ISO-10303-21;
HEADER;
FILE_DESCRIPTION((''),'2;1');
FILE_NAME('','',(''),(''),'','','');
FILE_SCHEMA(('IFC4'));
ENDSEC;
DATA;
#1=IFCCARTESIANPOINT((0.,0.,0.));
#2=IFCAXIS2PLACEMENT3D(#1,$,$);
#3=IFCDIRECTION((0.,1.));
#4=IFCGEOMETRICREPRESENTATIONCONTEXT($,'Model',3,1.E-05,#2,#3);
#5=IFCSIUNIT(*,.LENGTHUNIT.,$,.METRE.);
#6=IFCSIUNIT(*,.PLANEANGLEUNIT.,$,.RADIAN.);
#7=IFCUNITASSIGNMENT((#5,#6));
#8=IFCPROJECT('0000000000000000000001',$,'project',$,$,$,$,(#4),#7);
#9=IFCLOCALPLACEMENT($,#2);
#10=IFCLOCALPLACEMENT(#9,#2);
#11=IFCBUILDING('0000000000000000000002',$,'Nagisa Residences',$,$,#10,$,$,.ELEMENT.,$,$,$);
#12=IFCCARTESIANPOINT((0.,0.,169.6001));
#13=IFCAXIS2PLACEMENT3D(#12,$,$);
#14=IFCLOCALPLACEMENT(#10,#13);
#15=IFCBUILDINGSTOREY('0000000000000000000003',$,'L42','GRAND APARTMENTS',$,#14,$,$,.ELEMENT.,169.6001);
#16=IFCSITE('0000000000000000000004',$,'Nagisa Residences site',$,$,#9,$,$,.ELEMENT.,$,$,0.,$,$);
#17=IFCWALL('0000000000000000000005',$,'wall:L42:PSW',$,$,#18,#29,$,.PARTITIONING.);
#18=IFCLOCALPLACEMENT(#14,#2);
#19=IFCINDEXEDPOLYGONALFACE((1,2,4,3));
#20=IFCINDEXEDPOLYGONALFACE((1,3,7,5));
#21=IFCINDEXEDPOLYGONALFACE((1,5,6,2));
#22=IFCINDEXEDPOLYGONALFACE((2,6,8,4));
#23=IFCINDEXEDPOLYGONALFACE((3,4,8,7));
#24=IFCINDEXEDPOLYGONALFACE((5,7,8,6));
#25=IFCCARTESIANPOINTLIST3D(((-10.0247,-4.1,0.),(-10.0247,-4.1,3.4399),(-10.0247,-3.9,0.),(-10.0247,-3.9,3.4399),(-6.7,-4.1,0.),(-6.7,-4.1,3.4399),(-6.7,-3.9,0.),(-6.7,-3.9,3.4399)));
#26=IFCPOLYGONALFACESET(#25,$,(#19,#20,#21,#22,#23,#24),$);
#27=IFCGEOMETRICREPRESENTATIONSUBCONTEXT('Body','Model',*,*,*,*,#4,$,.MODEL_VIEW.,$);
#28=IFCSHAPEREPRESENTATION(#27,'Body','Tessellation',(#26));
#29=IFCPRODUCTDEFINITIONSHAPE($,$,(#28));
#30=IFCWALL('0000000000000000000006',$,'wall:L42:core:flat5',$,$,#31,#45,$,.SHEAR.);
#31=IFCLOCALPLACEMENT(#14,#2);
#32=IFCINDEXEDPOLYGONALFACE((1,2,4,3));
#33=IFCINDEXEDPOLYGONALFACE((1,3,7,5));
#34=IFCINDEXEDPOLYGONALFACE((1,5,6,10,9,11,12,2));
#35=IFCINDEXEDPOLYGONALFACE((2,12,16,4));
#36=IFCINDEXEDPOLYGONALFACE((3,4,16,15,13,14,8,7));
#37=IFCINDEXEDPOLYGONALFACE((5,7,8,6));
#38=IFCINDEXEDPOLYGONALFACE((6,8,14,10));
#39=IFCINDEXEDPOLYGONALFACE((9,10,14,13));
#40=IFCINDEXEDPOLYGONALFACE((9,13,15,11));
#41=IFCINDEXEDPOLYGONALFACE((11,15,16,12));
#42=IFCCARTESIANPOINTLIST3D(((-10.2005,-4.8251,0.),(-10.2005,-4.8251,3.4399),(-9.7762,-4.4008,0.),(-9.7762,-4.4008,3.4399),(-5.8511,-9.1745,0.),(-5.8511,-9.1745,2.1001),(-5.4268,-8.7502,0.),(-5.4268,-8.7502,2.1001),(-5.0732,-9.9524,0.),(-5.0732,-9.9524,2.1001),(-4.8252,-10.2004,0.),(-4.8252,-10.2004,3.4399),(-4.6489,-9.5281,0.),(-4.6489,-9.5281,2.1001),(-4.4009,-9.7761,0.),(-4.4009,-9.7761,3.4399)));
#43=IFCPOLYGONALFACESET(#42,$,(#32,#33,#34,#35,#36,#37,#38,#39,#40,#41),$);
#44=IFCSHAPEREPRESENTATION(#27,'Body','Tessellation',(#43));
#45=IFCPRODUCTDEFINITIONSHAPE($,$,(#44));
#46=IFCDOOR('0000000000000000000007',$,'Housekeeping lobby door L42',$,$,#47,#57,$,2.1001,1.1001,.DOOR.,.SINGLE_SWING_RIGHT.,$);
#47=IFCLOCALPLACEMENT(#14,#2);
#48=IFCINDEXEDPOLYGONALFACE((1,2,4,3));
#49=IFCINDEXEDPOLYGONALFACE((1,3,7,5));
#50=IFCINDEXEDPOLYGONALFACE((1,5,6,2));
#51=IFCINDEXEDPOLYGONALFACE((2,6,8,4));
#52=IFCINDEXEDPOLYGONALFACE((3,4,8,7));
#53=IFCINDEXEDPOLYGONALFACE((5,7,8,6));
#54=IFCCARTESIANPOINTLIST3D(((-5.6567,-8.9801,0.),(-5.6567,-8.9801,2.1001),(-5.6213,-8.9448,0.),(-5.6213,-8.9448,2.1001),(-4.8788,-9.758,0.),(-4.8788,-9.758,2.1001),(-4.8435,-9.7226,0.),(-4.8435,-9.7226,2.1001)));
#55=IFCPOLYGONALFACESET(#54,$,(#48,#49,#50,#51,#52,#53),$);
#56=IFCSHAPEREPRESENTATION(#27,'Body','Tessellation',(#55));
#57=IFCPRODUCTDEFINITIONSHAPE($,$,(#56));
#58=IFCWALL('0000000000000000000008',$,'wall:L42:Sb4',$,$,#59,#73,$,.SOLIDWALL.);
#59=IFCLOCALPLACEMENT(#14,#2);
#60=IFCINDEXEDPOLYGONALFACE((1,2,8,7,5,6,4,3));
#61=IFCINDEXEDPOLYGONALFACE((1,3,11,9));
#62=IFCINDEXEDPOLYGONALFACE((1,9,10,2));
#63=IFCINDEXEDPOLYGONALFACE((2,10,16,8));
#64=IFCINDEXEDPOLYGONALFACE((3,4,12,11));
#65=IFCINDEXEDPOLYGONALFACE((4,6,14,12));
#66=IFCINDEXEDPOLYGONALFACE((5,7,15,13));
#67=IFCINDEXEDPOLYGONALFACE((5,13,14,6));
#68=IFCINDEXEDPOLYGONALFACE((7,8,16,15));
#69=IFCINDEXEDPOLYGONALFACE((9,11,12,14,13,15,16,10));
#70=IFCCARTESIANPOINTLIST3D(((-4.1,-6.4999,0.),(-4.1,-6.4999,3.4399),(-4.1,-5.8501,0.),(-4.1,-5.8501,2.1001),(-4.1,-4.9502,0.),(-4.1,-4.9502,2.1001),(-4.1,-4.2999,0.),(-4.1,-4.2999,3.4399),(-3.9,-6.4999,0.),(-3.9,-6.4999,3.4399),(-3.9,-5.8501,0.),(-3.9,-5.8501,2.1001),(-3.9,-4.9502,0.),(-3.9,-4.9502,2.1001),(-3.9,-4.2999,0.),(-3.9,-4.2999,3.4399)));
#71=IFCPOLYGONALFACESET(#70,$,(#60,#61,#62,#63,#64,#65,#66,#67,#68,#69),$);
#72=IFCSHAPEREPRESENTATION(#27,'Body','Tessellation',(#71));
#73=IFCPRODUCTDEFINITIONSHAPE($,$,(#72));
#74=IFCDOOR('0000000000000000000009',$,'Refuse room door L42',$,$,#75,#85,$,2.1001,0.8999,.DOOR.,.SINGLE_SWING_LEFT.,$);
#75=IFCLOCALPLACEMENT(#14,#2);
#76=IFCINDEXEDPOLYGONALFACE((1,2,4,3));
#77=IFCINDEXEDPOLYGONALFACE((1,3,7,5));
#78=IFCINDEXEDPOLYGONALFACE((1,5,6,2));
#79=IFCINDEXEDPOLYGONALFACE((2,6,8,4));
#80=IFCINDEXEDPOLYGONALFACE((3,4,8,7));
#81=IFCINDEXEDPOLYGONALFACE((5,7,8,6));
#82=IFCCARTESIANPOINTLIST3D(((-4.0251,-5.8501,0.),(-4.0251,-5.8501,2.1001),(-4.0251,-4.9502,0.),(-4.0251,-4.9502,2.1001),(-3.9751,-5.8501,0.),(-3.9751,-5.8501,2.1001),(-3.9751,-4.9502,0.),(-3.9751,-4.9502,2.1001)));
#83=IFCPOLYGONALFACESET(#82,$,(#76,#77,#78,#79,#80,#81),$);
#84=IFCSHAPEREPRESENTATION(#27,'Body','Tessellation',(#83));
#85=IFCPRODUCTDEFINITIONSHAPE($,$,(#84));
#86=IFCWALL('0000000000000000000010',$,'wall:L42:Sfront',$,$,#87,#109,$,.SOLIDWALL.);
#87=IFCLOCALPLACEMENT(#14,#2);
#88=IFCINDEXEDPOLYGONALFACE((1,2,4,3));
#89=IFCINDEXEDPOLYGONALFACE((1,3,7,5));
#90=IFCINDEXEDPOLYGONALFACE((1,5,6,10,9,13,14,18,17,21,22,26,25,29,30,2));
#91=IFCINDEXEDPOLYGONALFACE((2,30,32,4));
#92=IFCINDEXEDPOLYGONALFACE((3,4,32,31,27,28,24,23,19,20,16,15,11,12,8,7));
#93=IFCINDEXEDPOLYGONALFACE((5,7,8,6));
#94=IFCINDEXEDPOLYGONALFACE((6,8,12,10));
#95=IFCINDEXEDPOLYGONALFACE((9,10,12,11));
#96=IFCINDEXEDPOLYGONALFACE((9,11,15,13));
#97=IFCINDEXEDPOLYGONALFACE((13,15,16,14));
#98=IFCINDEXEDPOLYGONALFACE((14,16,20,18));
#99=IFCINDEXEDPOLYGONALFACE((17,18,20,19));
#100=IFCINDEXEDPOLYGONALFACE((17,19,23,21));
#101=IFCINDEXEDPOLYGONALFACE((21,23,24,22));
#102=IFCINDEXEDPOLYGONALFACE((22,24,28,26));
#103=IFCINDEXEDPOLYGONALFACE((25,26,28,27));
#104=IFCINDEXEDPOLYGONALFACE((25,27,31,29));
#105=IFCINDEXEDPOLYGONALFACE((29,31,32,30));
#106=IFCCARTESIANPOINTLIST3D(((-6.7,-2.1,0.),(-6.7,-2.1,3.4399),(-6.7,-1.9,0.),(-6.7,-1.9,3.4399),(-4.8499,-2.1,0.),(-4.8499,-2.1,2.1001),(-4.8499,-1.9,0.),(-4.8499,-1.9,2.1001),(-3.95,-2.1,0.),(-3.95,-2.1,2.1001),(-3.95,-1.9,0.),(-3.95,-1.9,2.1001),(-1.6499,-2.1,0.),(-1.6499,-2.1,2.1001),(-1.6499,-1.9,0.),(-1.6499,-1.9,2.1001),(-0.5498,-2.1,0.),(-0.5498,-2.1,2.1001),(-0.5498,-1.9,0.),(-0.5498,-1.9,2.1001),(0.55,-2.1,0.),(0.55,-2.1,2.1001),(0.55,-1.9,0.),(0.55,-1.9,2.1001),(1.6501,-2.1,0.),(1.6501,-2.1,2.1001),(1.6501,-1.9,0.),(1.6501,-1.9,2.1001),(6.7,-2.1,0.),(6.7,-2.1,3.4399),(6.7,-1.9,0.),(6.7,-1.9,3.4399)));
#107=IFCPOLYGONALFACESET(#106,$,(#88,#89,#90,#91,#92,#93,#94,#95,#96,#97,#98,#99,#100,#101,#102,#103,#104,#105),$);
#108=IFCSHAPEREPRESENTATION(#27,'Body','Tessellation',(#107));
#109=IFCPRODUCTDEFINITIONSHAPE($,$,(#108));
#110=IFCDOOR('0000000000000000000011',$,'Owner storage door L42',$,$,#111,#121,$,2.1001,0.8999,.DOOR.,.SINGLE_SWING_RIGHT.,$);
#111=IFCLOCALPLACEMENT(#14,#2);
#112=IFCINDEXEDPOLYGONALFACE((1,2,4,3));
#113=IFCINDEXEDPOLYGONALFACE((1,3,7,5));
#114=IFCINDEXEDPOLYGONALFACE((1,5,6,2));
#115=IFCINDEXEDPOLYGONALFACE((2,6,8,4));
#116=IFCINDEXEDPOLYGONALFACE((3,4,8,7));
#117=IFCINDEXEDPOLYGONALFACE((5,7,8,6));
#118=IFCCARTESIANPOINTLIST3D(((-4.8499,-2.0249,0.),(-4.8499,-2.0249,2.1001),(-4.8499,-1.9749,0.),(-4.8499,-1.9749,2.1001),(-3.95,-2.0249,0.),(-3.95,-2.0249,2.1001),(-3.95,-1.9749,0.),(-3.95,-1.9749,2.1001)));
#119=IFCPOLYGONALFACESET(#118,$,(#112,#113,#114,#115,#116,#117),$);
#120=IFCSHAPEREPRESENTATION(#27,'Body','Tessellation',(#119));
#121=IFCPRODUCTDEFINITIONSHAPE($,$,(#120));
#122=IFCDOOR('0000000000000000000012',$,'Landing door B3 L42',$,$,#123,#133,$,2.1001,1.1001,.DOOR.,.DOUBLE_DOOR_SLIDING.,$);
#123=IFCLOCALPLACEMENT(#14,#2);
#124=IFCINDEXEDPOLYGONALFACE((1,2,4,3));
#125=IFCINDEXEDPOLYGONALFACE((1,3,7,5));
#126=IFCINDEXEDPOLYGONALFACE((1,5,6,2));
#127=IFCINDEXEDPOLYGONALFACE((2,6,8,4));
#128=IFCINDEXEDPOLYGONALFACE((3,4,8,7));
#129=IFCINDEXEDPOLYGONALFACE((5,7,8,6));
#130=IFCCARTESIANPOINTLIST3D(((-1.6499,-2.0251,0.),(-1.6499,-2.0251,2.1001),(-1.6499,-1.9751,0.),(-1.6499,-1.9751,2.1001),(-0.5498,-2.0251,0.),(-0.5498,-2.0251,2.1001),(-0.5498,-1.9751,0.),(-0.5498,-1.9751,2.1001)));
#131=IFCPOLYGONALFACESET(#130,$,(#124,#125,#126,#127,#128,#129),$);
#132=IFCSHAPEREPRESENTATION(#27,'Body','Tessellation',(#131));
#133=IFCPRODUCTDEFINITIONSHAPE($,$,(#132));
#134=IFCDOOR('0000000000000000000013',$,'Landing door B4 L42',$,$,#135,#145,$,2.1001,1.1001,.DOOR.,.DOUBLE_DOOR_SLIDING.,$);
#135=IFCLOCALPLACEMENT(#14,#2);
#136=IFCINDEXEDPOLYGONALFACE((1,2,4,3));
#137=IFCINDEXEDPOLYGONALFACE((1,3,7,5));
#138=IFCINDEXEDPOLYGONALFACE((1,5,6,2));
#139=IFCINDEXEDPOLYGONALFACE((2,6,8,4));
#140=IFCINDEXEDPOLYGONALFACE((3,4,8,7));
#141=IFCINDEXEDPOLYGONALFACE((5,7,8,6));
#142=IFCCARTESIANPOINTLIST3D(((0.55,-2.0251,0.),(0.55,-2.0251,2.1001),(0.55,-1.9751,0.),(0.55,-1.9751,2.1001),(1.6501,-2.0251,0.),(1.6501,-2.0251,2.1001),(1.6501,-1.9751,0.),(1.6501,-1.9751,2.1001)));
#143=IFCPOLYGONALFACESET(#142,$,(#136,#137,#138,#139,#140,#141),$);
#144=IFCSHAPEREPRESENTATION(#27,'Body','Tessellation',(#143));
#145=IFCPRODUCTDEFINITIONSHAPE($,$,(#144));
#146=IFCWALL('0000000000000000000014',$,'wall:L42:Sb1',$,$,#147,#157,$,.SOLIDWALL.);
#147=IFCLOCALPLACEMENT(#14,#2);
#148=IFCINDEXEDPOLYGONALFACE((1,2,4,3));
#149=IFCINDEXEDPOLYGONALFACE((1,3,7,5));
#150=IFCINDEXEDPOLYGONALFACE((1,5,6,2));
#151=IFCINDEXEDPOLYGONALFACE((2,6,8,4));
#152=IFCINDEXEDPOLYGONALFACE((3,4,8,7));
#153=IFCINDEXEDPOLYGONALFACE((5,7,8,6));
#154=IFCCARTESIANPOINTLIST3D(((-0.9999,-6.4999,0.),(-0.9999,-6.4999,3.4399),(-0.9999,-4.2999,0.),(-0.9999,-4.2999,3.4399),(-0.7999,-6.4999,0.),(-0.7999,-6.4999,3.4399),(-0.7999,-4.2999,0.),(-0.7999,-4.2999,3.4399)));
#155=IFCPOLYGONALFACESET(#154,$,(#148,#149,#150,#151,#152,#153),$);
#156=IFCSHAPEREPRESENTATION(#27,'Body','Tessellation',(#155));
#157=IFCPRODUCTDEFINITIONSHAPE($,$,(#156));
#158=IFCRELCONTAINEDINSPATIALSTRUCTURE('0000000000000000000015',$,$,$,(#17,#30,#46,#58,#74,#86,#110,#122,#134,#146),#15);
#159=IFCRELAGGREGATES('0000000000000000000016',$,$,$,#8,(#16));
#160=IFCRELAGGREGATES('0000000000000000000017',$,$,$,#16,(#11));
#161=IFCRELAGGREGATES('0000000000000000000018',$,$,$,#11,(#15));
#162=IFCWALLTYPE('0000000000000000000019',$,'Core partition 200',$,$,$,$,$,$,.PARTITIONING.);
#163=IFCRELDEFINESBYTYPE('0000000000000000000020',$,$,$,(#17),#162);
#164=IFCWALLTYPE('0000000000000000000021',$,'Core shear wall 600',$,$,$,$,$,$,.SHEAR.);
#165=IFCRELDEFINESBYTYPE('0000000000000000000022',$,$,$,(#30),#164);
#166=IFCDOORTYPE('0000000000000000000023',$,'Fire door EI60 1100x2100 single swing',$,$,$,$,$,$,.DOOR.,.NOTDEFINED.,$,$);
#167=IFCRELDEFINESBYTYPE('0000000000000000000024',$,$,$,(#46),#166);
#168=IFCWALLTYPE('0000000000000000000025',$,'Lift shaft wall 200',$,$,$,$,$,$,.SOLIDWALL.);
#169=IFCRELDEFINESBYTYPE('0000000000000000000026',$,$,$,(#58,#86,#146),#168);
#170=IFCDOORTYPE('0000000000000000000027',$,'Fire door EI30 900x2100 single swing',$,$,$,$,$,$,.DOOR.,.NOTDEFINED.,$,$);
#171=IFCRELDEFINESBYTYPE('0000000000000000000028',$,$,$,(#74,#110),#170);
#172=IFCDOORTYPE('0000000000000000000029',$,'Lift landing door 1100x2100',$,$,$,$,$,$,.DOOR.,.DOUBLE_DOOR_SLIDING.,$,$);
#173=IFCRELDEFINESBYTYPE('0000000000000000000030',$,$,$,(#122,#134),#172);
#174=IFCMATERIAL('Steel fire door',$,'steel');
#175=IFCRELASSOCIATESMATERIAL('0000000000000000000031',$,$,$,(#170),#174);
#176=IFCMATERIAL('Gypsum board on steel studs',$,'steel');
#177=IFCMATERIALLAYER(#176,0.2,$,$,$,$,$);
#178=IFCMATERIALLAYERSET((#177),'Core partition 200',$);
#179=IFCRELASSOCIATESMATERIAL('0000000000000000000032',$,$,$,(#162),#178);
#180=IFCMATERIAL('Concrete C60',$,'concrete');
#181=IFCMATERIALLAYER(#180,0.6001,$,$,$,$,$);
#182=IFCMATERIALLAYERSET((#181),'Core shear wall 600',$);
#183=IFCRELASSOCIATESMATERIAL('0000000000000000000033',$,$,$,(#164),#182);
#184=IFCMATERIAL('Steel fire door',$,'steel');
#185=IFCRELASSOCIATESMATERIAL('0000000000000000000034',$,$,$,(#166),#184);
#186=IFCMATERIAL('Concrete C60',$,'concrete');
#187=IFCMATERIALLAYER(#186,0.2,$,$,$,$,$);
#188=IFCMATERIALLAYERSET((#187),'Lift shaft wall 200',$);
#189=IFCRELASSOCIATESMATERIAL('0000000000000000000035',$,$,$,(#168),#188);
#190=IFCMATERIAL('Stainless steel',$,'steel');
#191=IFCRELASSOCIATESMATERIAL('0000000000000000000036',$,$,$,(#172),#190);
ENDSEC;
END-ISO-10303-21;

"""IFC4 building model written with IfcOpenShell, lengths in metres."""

from ifc_helpers import new_model, si_unit, direction, frame, frame_2d, origin, place, context, subcontext, project, spatial, rectangle, extrude, material, layer, layer_set, type_object, element, fill, save


model = new_model("IFC4")

# Units and contexts
model_context = context("Model", 3, precision=1e-05, world=origin(), true_north=direction((0.0, 1.0)))
body_context = subcontext(model_context, "Body", "Model", "MODEL_VIEW")
ifc_project = project(units=[si_unit("LENGTHUNIT", "METRE"), si_unit("PLANEANGLEUNIT", "RADIAN")], contexts=[model_context])

# Site, building, storey
site_placement = place(None, origin())
site = spatial("IfcSite", under=ifc_project, at=site_placement, Name="Nagisa Residences site", CompositionType="ELEMENT", RefElevation=0.0)
building_placement = place(site_placement, origin())
building = spatial("IfcBuilding", under=site, at=building_placement, Name="Nagisa Residences", CompositionType="ELEMENT")
storey_placement = place(building_placement, frame((0.0, 0.0, 169.6001)))
storey = spatial("IfcBuildingStorey", under=building, at=storey_placement, Name="L42", Description="GRAND APARTMENTS", CompositionType="ELEMENT", Elevation=169.6001)

# Shared definitions
ifc_material_1 = material(Name="Steel fire door", Category="steel")
door_type_1 = type_object("IfcDoorType", Name="Fire door EI30 900x2100 single swing", OperationType="NOTDEFINED", PredefinedType="DOOR", material=ifc_material_1)

# Wall
ifc_material_2 = material(Name="Gypsum board on steel studs", Category="steel")
ifc_layer_1 = layer(ifc_material_2, 0.2)
ifc_layer_set_1 = layer_set([ifc_layer_1], Name="Core partition 200")
wall_type_1 = type_object("IfcWallType", Name="Core partition 200", PredefinedType="PARTITIONING", material=ifc_layer_set_1)
wall_1_placement = place(storey_placement, frame((-10.0247, -4.0, 0.0), z_axis=(0.0, 0.0, 1.0), x_axis=(1.0, 0.0, 0.0)))
element("IfcWall", 1, at=wall_1_placement, inside=storey, type_object=wall_type_1, Name="wall:L42:PSW", PredefinedType="PARTITIONING", context=body_context, shape_type="SweptSolid", body=[
    extrude(rectangle(XDim=3.3247, YDim=0.2, at=frame_2d((1.6624, 0.0))), origin(), (0.0, 0.0, 1.0), 3.4399),
])

# Walls, openings, doors
ifc_material_3 = material(Name="Concrete C60", Category="concrete")
ifc_layer_2 = layer(ifc_material_3, 0.6001)
ifc_layer_set_2 = layer_set([ifc_layer_2], Name="Core shear wall 600")
wall_type_2 = type_object("IfcWallType", Name="Core shear wall 600", PredefinedType="SHEAR", material=ifc_layer_set_2)
wall_2_placement = place(storey_placement, frame((-9.9883, -4.613, 0.0), z_axis=(0.0, 0.0, 1.0), x_axis=(0.707107, -0.707107, 0.0)))
wall_2 = element("IfcWall", 2, at=wall_2_placement, inside=storey, type_object=wall_type_2, Name="wall:L42:core:flat5", PredefinedType="SHEAR", context=body_context, shape_type="SweptSolid", body=[
    extrude(rectangle(XDim=7.6018, YDim=0.6001, at=frame_2d((3.8008, 0.0))), origin(), (0.0, 0.0, 1.0), 3.4399),
])
opening_1_placement = place(wall_2_placement, frame((6.1509, 0.0, 0.0)))
opening_1 = element("IfcOpeningElement", 3, at=opening_1_placement, cuts=wall_2, PredefinedType="OPENING", context=body_context, shape_type="SweptSolid", body=[
    extrude(rectangle(XDim=1.1001, YDim=2.1001, at=frame_2d((0.55, 1.05))), frame((0.0, 0.3101, 0.0), z_axis=(0.0, -1.0, 0.0), x_axis=(1.0, 0.0, 0.0)), (0.0, 0.0, 1.0), 0.6201),
])
ifc_material_4 = material(Name="Steel fire door", Category="steel")
door_type_2 = type_object("IfcDoorType", Name="Fire door EI60 1100x2100 single swing", OperationType="NOTDEFINED", PredefinedType="DOOR", material=ifc_material_4)
door_1_placement = place(opening_1_placement, origin())
door_1 = element("IfcDoor", 4, at=door_1_placement, inside=storey, type_object=door_type_2, Name="Housekeeping lobby door L42", OperationType="SINGLE_SWING_RIGHT", OverallHeight=2.1001, OverallWidth=1.1001, PredefinedType="DOOR", context=body_context, shape_type="SweptSolid", body=[
    extrude(rectangle(XDim=1.1001, YDim=2.1001, at=frame_2d((0.55, 1.05))), frame((0.0, 0.0249, 0.0), z_axis=(0.0, -1.0, 0.0), x_axis=(1.0, 0.0, 0.0)), (0.0, 0.0, 1.0), 0.05),
])
fill(opening_1, door_1)
ifc_material_5 = material(Name="Concrete C60", Category="concrete")
ifc_layer_3 = layer(ifc_material_5, 0.2)
ifc_layer_set_3 = layer_set([ifc_layer_3], Name="Lift shaft wall 200")
wall_type_3 = type_object("IfcWallType", Name="Lift shaft wall 200", PredefinedType="SOLIDWALL", material=ifc_layer_set_3)
wall_3_placement = place(storey_placement, frame((-4.0, -6.5, 0.0), z_axis=(0.0, 0.0, 1.0), x_axis=(0.0, 1.0, 0.0)))
wall_3 = element("IfcWall", 5, at=wall_3_placement, inside=storey, type_object=wall_type_3, Name="wall:L42:Sb4", PredefinedType="SOLIDWALL", context=body_context, shape_type="SweptSolid", body=[
    extrude(rectangle(XDim=2.2, YDim=0.2, at=frame_2d((1.1001, 0.0))), origin(), (0.0, 0.0, 1.0), 3.4399),
])
opening_2_placement = place(wall_3_placement, frame((0.6499, 0.0, 0.0)))
opening_2 = element("IfcOpeningElement", 6, at=opening_2_placement, cuts=wall_3, PredefinedType="OPENING", context=body_context, shape_type="SweptSolid", body=[
    extrude(rectangle(XDim=0.8999, YDim=2.1001, at=frame_2d((0.45, 1.05))), frame((0.0, 0.1099, 0.0), z_axis=(0.0, -1.0, 0.0), x_axis=(1.0, 0.0, 0.0)), (0.0, 0.0, 1.0), 0.22),
])
door_2_placement = place(opening_2_placement, frame((0.8999, 0.0, 0.0), x_axis=(-1.0, 0.0, 0.0)))
door_2 = element("IfcDoor", 7, at=door_2_placement, inside=storey, type_object=door_type_1, Name="Refuse room door L42", OperationType="SINGLE_SWING_LEFT", OverallHeight=2.1001, OverallWidth=0.8999, PredefinedType="DOOR", context=body_context, shape_type="SweptSolid", body=[
    extrude(rectangle(XDim=0.8999, YDim=2.1001, at=frame_2d((0.45, 1.05))), frame((0.0, 0.0249, 0.0), z_axis=(0.0, -1.0, 0.0), x_axis=(1.0, 0.0, 0.0)), (0.0, 0.0, 1.0), 0.05),
])
fill(opening_2, door_2)

# Wall, openings, doors
wall_4_placement = place(storey_placement, frame((-6.7, -2.0, 0.0), z_axis=(0.0, 0.0, 1.0), x_axis=(1.0, 0.0, 0.0)))
wall_4 = element("IfcWall", 8, at=wall_4_placement, inside=storey, type_object=wall_type_3, Name="wall:L42:Sfront", PredefinedType="SOLIDWALL", context=body_context, shape_type="SweptSolid", body=[
    extrude(rectangle(XDim=13.3999, YDim=0.2, at=frame_2d((6.7, 0.0))), origin(), (0.0, 0.0, 1.0), 3.4399),
])
opening_3_placement = place(wall_4_placement, frame((5.05, 0.0, 0.0)))
opening_3 = element("IfcOpeningElement", 9, at=opening_3_placement, cuts=wall_4, PredefinedType="OPENING", context=body_context, shape_type="SweptSolid", body=[
    extrude(rectangle(XDim=1.1001, YDim=2.1001, at=frame_2d((0.55, 1.05))), frame((0.0, 0.1099, 0.0), z_axis=(0.0, -1.0, 0.0), x_axis=(1.0, 0.0, 0.0)), (0.0, 0.0, 1.0), 0.22),
])
opening_4_placement = place(wall_4_placement, frame((7.25, 0.0, 0.0)))
opening_4 = element("IfcOpeningElement", 10, at=opening_4_placement, cuts=wall_4, PredefinedType="OPENING", context=body_context, shape_type="SweptSolid", body=[
    extrude(rectangle(XDim=1.1001, YDim=2.1001, at=frame_2d((0.55, 1.05))), frame((0.0, 0.1099, 0.0), z_axis=(0.0, -1.0, 0.0), x_axis=(1.0, 0.0, 0.0)), (0.0, 0.0, 1.0), 0.22),
])
opening_5_placement = place(wall_4_placement, frame((1.8501, 0.0, 0.0)))
opening_5 = element("IfcOpeningElement", 11, at=opening_5_placement, cuts=wall_4, PredefinedType="OPENING", context=body_context, shape_type="SweptSolid", body=[
    extrude(rectangle(XDim=0.8999, YDim=2.1001, at=frame_2d((0.45, 1.05))), frame((0.0, 0.1099, 0.0), z_axis=(0.0, -1.0, 0.0), x_axis=(1.0, 0.0, 0.0)), (0.0, 0.0, 1.0), 0.22),
])
door_3_placement = place(opening_5_placement, frame((0.8999, 0.0, 0.0), x_axis=(-1.0, 0.0, 0.0)))
door_3 = element("IfcDoor", 12, at=door_3_placement, inside=storey, type_object=door_type_1, Name="Owner storage door L42", OperationType="SINGLE_SWING_RIGHT", OverallHeight=2.1001, OverallWidth=0.8999, PredefinedType="DOOR", context=body_context, shape_type="SweptSolid", body=[
    extrude(rectangle(XDim=0.8999, YDim=2.1001, at=frame_2d((0.45, 1.05))), frame((0.0, 0.0249, 0.0), z_axis=(0.0, -1.0, 0.0), x_axis=(1.0, 0.0, 0.0)), (0.0, 0.0, 1.0), 0.05),
])
fill(opening_5, door_3)
ifc_material_6 = material(Name="Stainless steel", Category="steel")
door_type_3 = type_object("IfcDoorType", Name="Lift landing door 1100x2100", OperationType="DOUBLE_DOOR_SLIDING", PredefinedType="DOOR", material=ifc_material_6)
door_4_placement = place(opening_3_placement, origin())
door_4 = element("IfcDoor", 13, at=door_4_placement, inside=storey, type_object=door_type_3, Name="Landing door B3 L42", OperationType="DOUBLE_DOOR_SLIDING", OverallHeight=2.1001, OverallWidth=1.1001, PredefinedType="DOOR", context=body_context, shape_type="SweptSolid", body=[
    extrude(rectangle(XDim=1.1001, YDim=2.1001, at=frame_2d((0.55, 1.05))), frame((0.0, 0.0249, 0.0), z_axis=(0.0, -1.0, 0.0), x_axis=(1.0, 0.0, 0.0)), (0.0, 0.0, 1.0), 0.05),
])
fill(opening_3, door_4)
door_5_placement = place(opening_4_placement, origin())
door_5 = element("IfcDoor", 14, at=door_5_placement, inside=storey, type_object=door_type_3, Name="Landing door B4 L42", OperationType="DOUBLE_DOOR_SLIDING", OverallHeight=2.1001, OverallWidth=1.1001, PredefinedType="DOOR", context=body_context, shape_type="SweptSolid", body=[
    extrude(rectangle(XDim=1.1001, YDim=2.1001, at=frame_2d((0.55, 1.05))), frame((0.0, 0.0249, 0.0), z_axis=(0.0, -1.0, 0.0), x_axis=(1.0, 0.0, 0.0)), (0.0, 0.0, 1.0), 0.05),
])
fill(opening_4, door_5)

# Wall
wall_5_placement = place(storey_placement, frame((-0.8999, -6.5, 0.0), z_axis=(0.0, 0.0, 1.0), x_axis=(0.0, 1.0, 0.0)))
element("IfcWall", 15, at=wall_5_placement, inside=storey, type_object=wall_type_3, Name="wall:L42:Sb1", PredefinedType="SOLIDWALL", context=body_context, shape_type="SweptSolid", body=[
    extrude(rectangle(XDim=2.2, YDim=0.2, at=frame_2d((1.1001, 0.0))), origin(), (0.0, 0.0, 1.0), 3.4399),
])

save(model, "model.ifc")
